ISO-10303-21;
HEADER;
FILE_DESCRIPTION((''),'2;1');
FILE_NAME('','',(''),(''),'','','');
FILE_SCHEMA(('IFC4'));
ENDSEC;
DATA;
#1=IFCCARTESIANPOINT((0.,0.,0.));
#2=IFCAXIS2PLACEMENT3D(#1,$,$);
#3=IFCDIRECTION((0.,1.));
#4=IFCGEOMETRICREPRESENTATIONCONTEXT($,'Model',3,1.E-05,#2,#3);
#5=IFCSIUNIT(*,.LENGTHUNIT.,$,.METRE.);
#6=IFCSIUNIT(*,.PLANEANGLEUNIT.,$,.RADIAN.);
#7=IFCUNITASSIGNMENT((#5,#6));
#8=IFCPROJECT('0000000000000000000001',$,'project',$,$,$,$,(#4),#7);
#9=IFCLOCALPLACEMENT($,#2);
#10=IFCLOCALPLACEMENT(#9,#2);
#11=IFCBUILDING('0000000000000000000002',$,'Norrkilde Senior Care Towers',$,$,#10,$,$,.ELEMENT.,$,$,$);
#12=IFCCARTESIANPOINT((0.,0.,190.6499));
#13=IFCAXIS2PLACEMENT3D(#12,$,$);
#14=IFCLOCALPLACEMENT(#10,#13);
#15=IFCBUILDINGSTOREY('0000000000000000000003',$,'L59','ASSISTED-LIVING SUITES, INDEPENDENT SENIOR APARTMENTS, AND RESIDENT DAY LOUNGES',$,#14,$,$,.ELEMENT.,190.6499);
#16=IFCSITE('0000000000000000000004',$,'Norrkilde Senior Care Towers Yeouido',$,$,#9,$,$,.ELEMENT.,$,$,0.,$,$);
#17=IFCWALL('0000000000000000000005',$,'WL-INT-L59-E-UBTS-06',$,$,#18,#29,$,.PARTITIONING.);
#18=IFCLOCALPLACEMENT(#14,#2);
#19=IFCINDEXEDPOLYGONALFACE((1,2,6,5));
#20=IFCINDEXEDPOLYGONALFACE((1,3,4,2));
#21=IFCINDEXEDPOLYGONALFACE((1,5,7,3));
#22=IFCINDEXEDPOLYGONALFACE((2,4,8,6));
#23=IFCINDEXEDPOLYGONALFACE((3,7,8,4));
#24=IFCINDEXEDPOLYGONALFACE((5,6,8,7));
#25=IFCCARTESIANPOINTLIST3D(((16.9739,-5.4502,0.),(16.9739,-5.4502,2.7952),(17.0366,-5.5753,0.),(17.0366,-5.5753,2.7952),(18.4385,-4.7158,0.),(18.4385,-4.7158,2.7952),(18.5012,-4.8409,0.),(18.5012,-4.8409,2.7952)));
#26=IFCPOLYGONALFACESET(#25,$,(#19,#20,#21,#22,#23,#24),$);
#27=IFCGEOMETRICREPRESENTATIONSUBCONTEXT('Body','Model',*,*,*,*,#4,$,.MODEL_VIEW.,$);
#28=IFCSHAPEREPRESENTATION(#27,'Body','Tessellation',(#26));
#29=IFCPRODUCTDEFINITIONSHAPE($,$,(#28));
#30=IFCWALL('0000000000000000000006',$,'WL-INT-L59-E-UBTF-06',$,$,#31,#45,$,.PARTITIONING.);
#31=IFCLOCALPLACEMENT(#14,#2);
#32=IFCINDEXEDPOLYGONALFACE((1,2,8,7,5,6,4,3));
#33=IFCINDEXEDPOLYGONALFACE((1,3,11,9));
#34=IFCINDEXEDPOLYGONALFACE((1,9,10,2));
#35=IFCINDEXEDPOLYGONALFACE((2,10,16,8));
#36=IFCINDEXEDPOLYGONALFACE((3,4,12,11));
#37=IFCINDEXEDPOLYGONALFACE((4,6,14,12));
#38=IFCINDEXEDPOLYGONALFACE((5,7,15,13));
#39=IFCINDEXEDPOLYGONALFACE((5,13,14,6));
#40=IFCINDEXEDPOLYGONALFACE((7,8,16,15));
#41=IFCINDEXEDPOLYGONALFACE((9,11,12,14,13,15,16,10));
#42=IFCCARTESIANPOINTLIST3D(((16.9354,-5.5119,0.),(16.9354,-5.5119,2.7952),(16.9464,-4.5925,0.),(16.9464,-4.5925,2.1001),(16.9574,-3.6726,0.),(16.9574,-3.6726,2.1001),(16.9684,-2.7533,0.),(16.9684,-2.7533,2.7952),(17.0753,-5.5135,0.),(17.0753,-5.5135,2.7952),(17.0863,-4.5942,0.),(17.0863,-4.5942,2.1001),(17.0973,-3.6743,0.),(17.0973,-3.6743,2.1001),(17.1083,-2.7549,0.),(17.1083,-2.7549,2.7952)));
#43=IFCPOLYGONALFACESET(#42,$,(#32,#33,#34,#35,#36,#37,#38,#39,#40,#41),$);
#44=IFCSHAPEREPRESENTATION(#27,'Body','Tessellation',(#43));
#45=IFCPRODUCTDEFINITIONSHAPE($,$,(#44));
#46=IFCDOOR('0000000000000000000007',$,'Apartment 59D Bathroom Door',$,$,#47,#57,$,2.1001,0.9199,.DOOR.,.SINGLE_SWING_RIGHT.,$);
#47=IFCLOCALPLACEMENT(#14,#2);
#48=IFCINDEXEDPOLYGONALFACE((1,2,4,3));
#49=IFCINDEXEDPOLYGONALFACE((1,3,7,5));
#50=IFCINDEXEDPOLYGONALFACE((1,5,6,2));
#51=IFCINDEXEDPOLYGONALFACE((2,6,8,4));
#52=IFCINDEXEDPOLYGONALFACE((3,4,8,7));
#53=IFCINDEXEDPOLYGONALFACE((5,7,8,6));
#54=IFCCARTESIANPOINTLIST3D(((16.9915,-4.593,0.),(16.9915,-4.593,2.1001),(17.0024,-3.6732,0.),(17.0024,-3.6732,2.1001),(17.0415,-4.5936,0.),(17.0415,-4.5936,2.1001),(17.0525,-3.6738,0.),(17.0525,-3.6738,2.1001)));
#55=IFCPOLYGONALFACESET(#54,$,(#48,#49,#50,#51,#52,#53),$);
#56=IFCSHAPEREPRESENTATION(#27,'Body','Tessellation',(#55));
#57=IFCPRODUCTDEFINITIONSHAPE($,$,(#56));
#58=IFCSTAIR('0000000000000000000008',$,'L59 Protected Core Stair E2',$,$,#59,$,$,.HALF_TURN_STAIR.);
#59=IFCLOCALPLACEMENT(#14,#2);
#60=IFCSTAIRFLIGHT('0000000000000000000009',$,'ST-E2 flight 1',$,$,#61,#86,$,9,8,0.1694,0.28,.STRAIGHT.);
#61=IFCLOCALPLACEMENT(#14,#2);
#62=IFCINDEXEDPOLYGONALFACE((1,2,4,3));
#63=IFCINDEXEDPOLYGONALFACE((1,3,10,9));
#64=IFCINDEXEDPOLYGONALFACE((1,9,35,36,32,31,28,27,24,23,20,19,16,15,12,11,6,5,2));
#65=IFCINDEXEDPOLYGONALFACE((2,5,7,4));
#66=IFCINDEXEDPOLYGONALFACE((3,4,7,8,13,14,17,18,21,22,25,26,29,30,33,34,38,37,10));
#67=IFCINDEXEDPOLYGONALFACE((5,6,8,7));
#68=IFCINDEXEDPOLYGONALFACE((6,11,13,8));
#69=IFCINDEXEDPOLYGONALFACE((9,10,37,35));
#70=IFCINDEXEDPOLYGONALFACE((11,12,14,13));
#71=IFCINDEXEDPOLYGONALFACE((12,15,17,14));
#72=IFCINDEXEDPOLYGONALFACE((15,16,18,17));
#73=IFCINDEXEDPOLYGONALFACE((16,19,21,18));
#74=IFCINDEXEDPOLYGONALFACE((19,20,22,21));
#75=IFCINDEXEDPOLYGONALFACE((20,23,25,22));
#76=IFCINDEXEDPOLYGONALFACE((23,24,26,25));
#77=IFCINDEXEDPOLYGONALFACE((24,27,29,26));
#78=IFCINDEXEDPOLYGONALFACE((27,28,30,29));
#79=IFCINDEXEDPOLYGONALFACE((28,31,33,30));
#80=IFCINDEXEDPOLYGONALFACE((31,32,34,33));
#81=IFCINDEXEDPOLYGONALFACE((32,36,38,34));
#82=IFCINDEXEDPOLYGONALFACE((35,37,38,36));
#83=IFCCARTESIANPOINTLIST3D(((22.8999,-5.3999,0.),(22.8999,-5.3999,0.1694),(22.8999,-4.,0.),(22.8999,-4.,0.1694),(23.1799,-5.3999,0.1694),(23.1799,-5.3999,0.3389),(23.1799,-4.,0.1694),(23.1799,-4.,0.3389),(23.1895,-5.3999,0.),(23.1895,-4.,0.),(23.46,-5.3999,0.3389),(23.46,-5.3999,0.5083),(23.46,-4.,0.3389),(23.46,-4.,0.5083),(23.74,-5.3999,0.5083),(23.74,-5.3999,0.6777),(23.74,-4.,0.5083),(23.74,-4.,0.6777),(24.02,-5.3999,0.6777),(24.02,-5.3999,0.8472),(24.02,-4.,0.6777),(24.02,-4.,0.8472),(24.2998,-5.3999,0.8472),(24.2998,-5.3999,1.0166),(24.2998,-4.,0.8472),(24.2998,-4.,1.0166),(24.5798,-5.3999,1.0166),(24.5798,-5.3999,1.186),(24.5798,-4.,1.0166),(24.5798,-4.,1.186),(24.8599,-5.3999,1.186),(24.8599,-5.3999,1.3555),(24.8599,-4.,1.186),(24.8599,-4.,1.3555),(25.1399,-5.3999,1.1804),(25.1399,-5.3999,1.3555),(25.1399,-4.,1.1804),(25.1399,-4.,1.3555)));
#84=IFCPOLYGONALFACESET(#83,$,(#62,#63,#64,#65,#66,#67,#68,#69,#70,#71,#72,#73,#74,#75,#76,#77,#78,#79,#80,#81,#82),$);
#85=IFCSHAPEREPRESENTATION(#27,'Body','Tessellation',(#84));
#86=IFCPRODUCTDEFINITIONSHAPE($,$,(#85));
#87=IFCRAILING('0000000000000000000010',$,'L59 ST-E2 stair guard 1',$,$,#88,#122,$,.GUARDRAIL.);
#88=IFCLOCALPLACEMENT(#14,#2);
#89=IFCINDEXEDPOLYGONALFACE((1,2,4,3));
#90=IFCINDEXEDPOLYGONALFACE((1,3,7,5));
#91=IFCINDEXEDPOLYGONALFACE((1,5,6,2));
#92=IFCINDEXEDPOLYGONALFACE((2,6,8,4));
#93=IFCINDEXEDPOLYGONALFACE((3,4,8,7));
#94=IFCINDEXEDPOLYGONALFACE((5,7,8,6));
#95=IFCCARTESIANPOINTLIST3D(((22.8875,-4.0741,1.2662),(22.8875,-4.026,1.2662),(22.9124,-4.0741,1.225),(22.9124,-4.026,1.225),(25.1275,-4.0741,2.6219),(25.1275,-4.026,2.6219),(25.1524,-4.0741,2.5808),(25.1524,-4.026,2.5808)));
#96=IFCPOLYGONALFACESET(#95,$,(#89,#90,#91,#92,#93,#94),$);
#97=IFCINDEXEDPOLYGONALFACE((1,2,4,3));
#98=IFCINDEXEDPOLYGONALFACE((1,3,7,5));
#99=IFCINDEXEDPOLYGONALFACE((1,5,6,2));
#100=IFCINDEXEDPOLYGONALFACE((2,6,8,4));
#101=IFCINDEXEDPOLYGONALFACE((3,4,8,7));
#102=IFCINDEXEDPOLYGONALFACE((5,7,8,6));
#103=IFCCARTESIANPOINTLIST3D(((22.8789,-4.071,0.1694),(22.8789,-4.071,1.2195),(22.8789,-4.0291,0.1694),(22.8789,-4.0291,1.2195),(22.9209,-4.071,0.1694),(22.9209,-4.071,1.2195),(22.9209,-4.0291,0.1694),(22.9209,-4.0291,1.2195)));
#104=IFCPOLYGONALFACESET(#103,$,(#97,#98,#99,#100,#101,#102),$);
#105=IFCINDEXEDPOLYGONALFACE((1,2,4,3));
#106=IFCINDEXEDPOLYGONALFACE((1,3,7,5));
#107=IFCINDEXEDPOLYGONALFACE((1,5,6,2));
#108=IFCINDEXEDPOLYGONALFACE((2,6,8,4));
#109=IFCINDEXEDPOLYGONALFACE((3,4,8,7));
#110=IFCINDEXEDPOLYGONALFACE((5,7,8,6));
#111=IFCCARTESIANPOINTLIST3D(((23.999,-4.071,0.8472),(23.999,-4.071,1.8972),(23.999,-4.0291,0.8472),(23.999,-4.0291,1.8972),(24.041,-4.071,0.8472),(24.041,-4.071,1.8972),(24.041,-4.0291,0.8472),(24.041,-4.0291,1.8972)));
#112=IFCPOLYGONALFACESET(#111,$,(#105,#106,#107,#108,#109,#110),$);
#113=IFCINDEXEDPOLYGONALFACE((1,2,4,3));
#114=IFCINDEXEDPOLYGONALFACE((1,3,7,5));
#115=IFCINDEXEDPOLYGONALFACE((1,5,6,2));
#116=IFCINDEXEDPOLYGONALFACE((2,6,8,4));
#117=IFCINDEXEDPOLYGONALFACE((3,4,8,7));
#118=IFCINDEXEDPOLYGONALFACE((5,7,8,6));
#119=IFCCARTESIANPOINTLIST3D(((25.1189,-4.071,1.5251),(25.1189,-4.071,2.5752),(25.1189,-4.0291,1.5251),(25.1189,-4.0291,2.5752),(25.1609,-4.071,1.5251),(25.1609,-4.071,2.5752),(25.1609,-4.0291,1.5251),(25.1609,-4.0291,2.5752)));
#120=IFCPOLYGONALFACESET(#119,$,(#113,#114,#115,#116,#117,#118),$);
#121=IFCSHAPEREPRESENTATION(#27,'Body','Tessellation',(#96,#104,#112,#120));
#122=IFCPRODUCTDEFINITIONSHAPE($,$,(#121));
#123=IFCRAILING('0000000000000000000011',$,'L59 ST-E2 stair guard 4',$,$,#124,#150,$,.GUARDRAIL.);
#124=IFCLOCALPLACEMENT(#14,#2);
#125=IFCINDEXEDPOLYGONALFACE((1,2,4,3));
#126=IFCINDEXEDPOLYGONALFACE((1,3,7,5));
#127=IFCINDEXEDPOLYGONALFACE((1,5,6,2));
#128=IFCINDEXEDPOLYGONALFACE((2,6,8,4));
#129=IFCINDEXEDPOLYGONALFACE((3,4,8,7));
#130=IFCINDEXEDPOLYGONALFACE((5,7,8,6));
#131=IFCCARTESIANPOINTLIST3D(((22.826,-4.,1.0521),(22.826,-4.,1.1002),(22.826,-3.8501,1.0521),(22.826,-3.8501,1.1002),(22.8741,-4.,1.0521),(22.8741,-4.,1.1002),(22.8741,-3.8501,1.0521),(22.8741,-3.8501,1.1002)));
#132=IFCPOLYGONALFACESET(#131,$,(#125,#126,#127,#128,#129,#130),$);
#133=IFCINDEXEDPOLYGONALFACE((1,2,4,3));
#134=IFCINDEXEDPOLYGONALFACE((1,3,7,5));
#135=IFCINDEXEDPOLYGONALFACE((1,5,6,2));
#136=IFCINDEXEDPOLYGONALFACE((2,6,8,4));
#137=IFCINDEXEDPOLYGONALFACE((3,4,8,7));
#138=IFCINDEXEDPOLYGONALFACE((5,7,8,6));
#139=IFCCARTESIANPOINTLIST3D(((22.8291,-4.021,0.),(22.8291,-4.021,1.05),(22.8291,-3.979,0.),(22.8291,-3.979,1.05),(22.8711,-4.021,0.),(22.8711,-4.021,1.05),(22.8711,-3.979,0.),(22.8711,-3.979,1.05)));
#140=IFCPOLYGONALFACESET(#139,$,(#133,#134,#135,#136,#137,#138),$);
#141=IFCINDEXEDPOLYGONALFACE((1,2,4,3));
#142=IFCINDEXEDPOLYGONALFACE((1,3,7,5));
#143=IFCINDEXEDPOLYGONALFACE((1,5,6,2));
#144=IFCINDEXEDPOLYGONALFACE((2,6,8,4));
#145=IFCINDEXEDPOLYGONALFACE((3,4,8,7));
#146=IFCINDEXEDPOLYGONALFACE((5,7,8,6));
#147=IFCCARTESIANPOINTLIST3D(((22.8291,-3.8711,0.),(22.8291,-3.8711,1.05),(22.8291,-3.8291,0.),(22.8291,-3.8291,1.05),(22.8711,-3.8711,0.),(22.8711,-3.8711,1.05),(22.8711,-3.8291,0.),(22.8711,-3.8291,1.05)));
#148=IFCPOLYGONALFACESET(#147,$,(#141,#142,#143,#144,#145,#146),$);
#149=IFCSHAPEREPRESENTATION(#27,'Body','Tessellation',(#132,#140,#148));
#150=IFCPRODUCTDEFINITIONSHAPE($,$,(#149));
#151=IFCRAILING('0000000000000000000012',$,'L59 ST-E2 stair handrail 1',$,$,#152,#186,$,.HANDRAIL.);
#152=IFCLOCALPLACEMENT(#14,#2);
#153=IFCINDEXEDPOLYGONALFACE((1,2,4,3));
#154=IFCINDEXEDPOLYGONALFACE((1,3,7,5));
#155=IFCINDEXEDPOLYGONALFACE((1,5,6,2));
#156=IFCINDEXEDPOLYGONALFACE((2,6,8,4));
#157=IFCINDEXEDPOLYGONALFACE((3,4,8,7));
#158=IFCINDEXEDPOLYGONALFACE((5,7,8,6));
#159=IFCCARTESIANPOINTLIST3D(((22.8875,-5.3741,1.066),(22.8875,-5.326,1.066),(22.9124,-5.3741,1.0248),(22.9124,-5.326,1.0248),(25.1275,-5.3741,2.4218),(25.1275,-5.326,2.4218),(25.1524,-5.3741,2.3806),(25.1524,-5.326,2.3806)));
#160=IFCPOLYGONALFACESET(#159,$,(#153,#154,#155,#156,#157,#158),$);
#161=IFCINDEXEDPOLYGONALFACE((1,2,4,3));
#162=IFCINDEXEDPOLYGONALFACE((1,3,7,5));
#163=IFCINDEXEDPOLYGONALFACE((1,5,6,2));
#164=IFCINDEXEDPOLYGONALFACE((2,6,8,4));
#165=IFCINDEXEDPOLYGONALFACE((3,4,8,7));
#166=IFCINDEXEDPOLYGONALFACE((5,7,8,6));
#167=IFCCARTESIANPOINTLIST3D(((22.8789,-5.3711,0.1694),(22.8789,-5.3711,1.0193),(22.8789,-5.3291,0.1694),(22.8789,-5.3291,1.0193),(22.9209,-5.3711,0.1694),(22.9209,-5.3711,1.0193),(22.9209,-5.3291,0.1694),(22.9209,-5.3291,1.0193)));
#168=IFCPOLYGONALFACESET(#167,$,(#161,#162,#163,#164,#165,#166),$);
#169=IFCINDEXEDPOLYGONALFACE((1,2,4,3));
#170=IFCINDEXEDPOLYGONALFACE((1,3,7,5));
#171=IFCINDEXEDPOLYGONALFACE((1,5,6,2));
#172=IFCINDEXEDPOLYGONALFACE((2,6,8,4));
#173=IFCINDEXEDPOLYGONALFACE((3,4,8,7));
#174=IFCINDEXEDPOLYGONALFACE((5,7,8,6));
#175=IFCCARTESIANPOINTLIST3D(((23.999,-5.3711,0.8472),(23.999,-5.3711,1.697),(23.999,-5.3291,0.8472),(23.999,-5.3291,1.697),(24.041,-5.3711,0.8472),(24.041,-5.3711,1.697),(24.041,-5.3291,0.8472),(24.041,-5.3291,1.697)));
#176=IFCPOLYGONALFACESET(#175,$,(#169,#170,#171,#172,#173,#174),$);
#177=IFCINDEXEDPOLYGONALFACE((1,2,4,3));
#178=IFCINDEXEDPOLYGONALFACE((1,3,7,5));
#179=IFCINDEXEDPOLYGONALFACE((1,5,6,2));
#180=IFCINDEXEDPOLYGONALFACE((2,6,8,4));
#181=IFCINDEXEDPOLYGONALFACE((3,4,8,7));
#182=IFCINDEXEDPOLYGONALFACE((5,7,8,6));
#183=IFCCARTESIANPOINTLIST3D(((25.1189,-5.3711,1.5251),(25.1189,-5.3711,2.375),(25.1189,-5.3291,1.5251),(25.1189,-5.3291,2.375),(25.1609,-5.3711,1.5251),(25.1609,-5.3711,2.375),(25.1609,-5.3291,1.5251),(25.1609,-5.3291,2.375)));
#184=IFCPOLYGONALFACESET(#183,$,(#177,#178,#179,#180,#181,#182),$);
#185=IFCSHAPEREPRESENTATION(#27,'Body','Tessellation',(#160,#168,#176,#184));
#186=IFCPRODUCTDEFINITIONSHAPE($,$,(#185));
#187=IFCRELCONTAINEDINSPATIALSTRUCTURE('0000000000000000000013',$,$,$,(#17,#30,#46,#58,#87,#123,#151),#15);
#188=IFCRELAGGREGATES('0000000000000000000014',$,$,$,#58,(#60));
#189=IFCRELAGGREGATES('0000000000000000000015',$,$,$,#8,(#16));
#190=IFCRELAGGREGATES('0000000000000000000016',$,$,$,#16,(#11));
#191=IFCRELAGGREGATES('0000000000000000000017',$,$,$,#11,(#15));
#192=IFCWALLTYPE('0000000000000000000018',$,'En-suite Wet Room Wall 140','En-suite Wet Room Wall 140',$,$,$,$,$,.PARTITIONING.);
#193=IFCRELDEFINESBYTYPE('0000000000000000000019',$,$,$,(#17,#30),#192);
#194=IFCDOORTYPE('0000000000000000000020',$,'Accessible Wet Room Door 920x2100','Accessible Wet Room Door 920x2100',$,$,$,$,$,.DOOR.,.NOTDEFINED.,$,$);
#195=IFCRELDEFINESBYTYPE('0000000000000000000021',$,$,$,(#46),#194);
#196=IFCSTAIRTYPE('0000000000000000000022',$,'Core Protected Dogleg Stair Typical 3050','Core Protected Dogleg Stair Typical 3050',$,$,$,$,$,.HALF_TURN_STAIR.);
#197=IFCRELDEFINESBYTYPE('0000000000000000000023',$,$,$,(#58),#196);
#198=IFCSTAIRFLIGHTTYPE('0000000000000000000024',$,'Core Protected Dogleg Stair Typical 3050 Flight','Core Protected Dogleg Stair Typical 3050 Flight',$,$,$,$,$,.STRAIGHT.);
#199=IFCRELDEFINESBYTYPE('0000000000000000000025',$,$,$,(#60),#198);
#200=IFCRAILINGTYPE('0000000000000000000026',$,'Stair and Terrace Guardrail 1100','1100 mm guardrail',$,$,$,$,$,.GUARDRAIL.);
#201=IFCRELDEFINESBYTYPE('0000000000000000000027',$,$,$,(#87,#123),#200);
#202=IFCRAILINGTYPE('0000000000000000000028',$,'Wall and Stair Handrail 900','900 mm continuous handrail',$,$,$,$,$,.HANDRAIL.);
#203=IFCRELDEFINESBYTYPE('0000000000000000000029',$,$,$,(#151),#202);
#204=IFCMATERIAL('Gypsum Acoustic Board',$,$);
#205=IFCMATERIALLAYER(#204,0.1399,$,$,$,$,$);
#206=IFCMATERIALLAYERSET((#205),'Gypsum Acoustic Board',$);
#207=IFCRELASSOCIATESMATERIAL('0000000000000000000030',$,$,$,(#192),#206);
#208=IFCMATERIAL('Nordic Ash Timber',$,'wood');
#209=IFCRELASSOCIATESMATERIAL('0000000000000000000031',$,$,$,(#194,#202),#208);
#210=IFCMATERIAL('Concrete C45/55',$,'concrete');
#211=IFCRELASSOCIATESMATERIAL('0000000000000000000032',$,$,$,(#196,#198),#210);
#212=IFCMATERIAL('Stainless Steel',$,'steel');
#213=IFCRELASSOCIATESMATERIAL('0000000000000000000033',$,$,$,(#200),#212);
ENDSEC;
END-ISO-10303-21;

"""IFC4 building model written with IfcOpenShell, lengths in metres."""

from ifc_helpers import new_model, si_unit, direction, frame, frame_2d, origin, origin_2d, place, context, subcontext, project, spatial, polyline, rectangle, outline, extrude, source, transform, mapped, material, layer, layer_set, type_object, type_shapes, element, fill, aggregate, save


model = new_model("IFC4")

# Units and contexts
model_context = context("Model", 3, precision=1e-05, world=origin(), true_north=direction((0.0, 1.0)))
body_context = subcontext(model_context, "Body", "Model", "MODEL_VIEW")
ifc_project = project(units=[si_unit("LENGTHUNIT", "METRE"), si_unit("PLANEANGLEUNIT", "RADIAN")], contexts=[model_context])

# Site, building, storey
site_placement = place(None, origin())
site = spatial("IfcSite", under=ifc_project, at=site_placement, Name="Norrkilde Senior Care Towers Yeouido", CompositionType="ELEMENT", RefElevation=0.0)
building_placement = place(site_placement, origin())
building = spatial("IfcBuilding", under=site, at=building_placement, Name="Norrkilde Senior Care Towers", CompositionType="ELEMENT")
storey_placement = place(building_placement, frame((0.0, 0.0, 190.6499)))
storey = spatial("IfcBuildingStorey", under=building, at=storey_placement, Name="L59", Description="ASSISTED-LIVING SUITES, INDEPENDENT SENIOR APARTMENTS, AND RESIDENT DAY LOUNGES", CompositionType="ELEMENT", Elevation=190.6499)

# Shared definitions
ifc_material_1 = material(Name="Concrete C45/55", Category="concrete")

# Shared definitions
ifc_material_2 = material(Name="Gypsum Acoustic Board")

# Shared definitions
ifc_material_3 = material(Name="Nordic Ash Timber", Category="wood")

# Wall
ifc_layer_1 = layer(ifc_material_2, 0.1399)
ifc_layer_set_1 = layer_set([ifc_layer_1], Name="Gypsum Acoustic Board")
wall_type_1 = type_object("IfcWallType", Name="En-suite Wet Room Wall 140", Description="En-suite Wet Room Wall 140", PredefinedType="PARTITIONING", material=ifc_layer_set_1)
shared_shape_1 = source(origin(), body_context, "Body", "SweptSolid", [
    extrude(rectangle(XDim=1.6384, YDim=0.1399, at=frame_2d((0.8193, 0.0))), origin(), (0.0, 0.0, 1.0), 2.7952),
])
wall_1_placement = place(storey_placement, frame((18.47, -4.7783, 0.0), z_axis=(0.0, 0.0, 1.0), x_axis=(-0.89392, -0.448227, 0.0)))
element("IfcWall", 1, at=wall_1_placement, inside=storey, type_object=wall_type_1, Name="WL-INT-L59-E-UBTS-06", PredefinedType="PARTITIONING", context=body_context, shape_type="MappedRepresentation", body=[
    mapped(shared_shape_1, transform((0.0, 0.0, 0.0), x_axis=(1.0, 0.0, 0.0), y_axis=(0.0, 1.0, 0.0), z_axis=(0.0, 0.0, 1.0), scale=1.0)),
])

# Wall, opening, door
shared_shape_2 = source(origin(), body_context, "Body", "SweptSolid", [
    extrude(rectangle(XDim=2.7588, YDim=0.1399, at=frame_2d((1.3794, 0.0))), origin(), (0.0, 0.0, 1.0), 2.7952),
])
type_shapes(wall_type_1, [shared_shape_1, shared_shape_2])
wall_2_placement = place(storey_placement, frame((17.0054, -5.5127, 0.0), z_axis=(0.0, 0.0, 1.0), x_axis=(0.011947, 0.999929, 0.0)))
wall_2 = element("IfcWall", 2, at=wall_2_placement, inside=storey, type_object=wall_type_1, Name="WL-INT-L59-E-UBTF-06", PredefinedType="PARTITIONING", context=body_context, shape_type="MappedRepresentation", body=[
    mapped(shared_shape_2, transform((0.0, 0.0, 0.0), x_axis=(1.0, 0.0, 0.0), y_axis=(0.0, 1.0, 0.0), z_axis=(0.0, 0.0, 1.0), scale=1.0)),
])
opening_1_placement = place(wall_2_placement, frame((0.9194, 0.0, 0.0)))
opening_1 = element("IfcOpeningElement", 3, at=opening_1_placement, cuts=wall_2, PredefinedType="OPENING", context=body_context, shape_type="SweptSolid", body=[
    extrude(rectangle(XDim=0.9199, YDim=2.1001, at=frame_2d((0.46, 1.05))), frame((0.0, 0.0798, 0.0), z_axis=(0.0, -1.0, 0.0), x_axis=(1.0, 0.0, 0.0)), (0.0, 0.0, 1.0), 0.1599),
])
door_type_1 = type_object("IfcDoorType", Name="Accessible Wet Room Door 920x2100", Description="Accessible Wet Room Door 920x2100", OperationType="NOTDEFINED", PredefinedType="DOOR", material=ifc_material_3)
shared_shape_3 = source(origin(), body_context, "Body", "SweptSolid", [
    extrude(rectangle(XDim=0.9199, YDim=2.1001, at=frame_2d((0.46, 1.05))), frame((0.0, 0.0249, 0.0), z_axis=(0.0, -1.0, 0.0), x_axis=(1.0, 0.0, 0.0)), (0.0, 0.0, 1.0), 0.05),
])
type_shapes(door_type_1, [shared_shape_3])
door_1_placement = place(opening_1_placement, origin())
door_1 = element("IfcDoor", 4, at=door_1_placement, inside=storey, type_object=door_type_1, Name="Apartment 59D Bathroom Door", OperationType="SINGLE_SWING_RIGHT", OverallHeight=2.1001, OverallWidth=0.9199, PredefinedType="DOOR", context=body_context, shape_type="MappedRepresentation", body=[
    mapped(shared_shape_3, transform((0.0, 0.0, 0.0), x_axis=(1.0, 0.0, 0.0), y_axis=(0.0, 1.0, 0.0), z_axis=(0.0, 0.0, 1.0), scale=1.0)),
])
fill(opening_1, door_1)

# Stair, stair flight
stair_type = type_object("IfcStairType", Name="Core Protected Dogleg Stair Typical 3050", Description="Core Protected Dogleg Stair Typical 3050", PredefinedType="HALF_TURN_STAIR", material=ifc_material_1)
stair_placement = place(storey_placement, origin())
stair = element("IfcStair", 5, at=stair_placement, inside=storey, type_object=stair_type, Name="L59 Protected Core Stair E2", PredefinedType="HALF_TURN_STAIR")
stair_flight_type = type_object("IfcStairFlightType", Name="Core Protected Dogleg Stair Typical 3050 Flight", Description="Core Protected Dogleg Stair Typical 3050 Flight", PredefinedType="STRAIGHT", material=ifc_material_1)
stair_flight_placement = place(storey_placement, frame((22.8999, -4.7, 0.0), z_axis=(0.0, 0.0, 1.0), x_axis=(1.0, 0.0, 0.0)))
stair_flight = element("IfcStairFlight", 6, at=stair_flight_placement, type_object=stair_flight_type, Name="ST-E2 flight 1", NumberOfRisers=9, NumberOfTreads=8, PredefinedType="STRAIGHT", RiserHeight=0.1694, TreadLength=0.28, context=body_context, shape_type="SweptSolid", body=[
    extrude(outline(polyline([(0.0, 0.0), (0.0, 0.1694), (0.28, 0.1694), (0.28, 0.3389), (0.5601, 0.3389), (0.5601, 0.5083), (0.8401, 0.5083), (0.8401, 0.6777), (1.1201, 0.6777), (1.1201, 0.8472), (1.3999, 0.8472), (1.3999, 1.0166), (1.6799, 1.0166), (1.6799, 1.186), (1.96, 1.186), (1.96, 1.3555), (2.24, 1.3555), (2.24, 1.5249), (2.24, 1.1804), (0.2896, 0.0), (0.0, 0.0)])), frame((0.0, 0.7, 0.0), z_axis=(0.0, -1.0, 0.0), x_axis=(1.0, 0.0, 0.0)), (0.0, 0.0, 1.0), 1.3999),
])
aggregate(stair, [stair_flight])

# Railings
ifc_material_4 = material(Name="Stainless Steel", Category="steel")
railing_type_1 = type_object("IfcRailingType", Name="Stair and Terrace Guardrail 1100", Description="1100 mm guardrail", PredefinedType="GUARDRAIL", material=ifc_material_4)
railing_1_placement = place(storey_placement, frame((22.8999, -4.05, 0.1694)))
element("IfcRailing", 7, at=railing_1_placement, inside=storey, type_object=railing_type_1, Name="L59 ST-E2 stair guard 1", PredefinedType="GUARDRAIL", context=body_context, shape_type="SweptSolid", body=[
    extrude(rectangle(XDim=0.0481, YDim=0.0481, at=origin_2d()), frame((0.0, 0.0, 1.0762), z_axis=(0.855512, 0.0, 0.517783), x_axis=(0.0, 1.0, 0.0)), (0.0, 0.0, 1.0), 2.6184),
    extrude(rectangle(XDim=0.042, YDim=0.042, at=origin_2d()), origin(), (0.0, 0.0, 1.0), 1.05),
    extrude(rectangle(XDim=0.042, YDim=0.042, at=origin_2d()), frame((1.1201, 0.0, 0.6777)), (0.0, 0.0, 1.0), 1.05),
    extrude(rectangle(XDim=0.042, YDim=0.042, at=origin_2d()), frame((2.24, 0.0, 1.3557)), (0.0, 0.0, 1.0), 1.05),
])
railing_2_placement = place(storey_placement, frame((22.8501, -4.0, 0.0)))
element("IfcRailing", 8, at=railing_2_placement, inside=storey, type_object=railing_type_1, Name="L59 ST-E2 stair guard 4", PredefinedType="GUARDRAIL", context=body_context, shape_type="SweptSolid", body=[
    extrude(rectangle(XDim=0.0481, YDim=0.0481, at=origin_2d()), frame((0.0, 0.0, 1.0762), z_axis=(0.0, 1.0, 0.0), x_axis=(-1.0, 0.0, 0.0)), (0.0, 0.0, 1.0), 0.1499),
    extrude(rectangle(XDim=0.042, YDim=0.042, at=origin_2d()), origin(), (0.0, 0.0, 1.0), 1.05),
    extrude(rectangle(XDim=0.042, YDim=0.042, at=origin_2d()), frame((0.0, 0.1499, 0.0)), (0.0, 0.0, 1.0), 1.05),
])
railing_type_2 = type_object("IfcRailingType", Name="Wall and Stair Handrail 900", Description="900 mm continuous handrail", PredefinedType="HANDRAIL", material=ifc_material_3)
railing_3_placement = place(storey_placement, frame((22.8999, -5.3501, 0.1694)))
element("IfcRailing", 9, at=railing_3_placement, inside=storey, type_object=railing_type_2, Name="L59 ST-E2 stair handrail 1", PredefinedType="HANDRAIL", context=body_context, shape_type="SweptSolid", body=[
    extrude(rectangle(XDim=0.0481, YDim=0.0481, at=origin_2d()), frame((0.0, 0.0, 0.876), z_axis=(0.855512, 0.0, 0.517783), x_axis=(0.0, 1.0, 0.0)), (0.0, 0.0, 1.0), 2.6184),
    extrude(rectangle(XDim=0.042, YDim=0.042, at=origin_2d()), origin(), (0.0, 0.0, 1.0), 0.8499),
    extrude(rectangle(XDim=0.042, YDim=0.042, at=origin_2d()), frame((1.1201, 0.0, 0.6777)), (0.0, 0.0, 1.0), 0.8499),
    extrude(rectangle(XDim=0.042, YDim=0.042, at=origin_2d()), frame((2.24, 0.0, 1.3557)), (0.0, 0.0, 1.0), 0.8499),
])

save(model, "model.ifc")
